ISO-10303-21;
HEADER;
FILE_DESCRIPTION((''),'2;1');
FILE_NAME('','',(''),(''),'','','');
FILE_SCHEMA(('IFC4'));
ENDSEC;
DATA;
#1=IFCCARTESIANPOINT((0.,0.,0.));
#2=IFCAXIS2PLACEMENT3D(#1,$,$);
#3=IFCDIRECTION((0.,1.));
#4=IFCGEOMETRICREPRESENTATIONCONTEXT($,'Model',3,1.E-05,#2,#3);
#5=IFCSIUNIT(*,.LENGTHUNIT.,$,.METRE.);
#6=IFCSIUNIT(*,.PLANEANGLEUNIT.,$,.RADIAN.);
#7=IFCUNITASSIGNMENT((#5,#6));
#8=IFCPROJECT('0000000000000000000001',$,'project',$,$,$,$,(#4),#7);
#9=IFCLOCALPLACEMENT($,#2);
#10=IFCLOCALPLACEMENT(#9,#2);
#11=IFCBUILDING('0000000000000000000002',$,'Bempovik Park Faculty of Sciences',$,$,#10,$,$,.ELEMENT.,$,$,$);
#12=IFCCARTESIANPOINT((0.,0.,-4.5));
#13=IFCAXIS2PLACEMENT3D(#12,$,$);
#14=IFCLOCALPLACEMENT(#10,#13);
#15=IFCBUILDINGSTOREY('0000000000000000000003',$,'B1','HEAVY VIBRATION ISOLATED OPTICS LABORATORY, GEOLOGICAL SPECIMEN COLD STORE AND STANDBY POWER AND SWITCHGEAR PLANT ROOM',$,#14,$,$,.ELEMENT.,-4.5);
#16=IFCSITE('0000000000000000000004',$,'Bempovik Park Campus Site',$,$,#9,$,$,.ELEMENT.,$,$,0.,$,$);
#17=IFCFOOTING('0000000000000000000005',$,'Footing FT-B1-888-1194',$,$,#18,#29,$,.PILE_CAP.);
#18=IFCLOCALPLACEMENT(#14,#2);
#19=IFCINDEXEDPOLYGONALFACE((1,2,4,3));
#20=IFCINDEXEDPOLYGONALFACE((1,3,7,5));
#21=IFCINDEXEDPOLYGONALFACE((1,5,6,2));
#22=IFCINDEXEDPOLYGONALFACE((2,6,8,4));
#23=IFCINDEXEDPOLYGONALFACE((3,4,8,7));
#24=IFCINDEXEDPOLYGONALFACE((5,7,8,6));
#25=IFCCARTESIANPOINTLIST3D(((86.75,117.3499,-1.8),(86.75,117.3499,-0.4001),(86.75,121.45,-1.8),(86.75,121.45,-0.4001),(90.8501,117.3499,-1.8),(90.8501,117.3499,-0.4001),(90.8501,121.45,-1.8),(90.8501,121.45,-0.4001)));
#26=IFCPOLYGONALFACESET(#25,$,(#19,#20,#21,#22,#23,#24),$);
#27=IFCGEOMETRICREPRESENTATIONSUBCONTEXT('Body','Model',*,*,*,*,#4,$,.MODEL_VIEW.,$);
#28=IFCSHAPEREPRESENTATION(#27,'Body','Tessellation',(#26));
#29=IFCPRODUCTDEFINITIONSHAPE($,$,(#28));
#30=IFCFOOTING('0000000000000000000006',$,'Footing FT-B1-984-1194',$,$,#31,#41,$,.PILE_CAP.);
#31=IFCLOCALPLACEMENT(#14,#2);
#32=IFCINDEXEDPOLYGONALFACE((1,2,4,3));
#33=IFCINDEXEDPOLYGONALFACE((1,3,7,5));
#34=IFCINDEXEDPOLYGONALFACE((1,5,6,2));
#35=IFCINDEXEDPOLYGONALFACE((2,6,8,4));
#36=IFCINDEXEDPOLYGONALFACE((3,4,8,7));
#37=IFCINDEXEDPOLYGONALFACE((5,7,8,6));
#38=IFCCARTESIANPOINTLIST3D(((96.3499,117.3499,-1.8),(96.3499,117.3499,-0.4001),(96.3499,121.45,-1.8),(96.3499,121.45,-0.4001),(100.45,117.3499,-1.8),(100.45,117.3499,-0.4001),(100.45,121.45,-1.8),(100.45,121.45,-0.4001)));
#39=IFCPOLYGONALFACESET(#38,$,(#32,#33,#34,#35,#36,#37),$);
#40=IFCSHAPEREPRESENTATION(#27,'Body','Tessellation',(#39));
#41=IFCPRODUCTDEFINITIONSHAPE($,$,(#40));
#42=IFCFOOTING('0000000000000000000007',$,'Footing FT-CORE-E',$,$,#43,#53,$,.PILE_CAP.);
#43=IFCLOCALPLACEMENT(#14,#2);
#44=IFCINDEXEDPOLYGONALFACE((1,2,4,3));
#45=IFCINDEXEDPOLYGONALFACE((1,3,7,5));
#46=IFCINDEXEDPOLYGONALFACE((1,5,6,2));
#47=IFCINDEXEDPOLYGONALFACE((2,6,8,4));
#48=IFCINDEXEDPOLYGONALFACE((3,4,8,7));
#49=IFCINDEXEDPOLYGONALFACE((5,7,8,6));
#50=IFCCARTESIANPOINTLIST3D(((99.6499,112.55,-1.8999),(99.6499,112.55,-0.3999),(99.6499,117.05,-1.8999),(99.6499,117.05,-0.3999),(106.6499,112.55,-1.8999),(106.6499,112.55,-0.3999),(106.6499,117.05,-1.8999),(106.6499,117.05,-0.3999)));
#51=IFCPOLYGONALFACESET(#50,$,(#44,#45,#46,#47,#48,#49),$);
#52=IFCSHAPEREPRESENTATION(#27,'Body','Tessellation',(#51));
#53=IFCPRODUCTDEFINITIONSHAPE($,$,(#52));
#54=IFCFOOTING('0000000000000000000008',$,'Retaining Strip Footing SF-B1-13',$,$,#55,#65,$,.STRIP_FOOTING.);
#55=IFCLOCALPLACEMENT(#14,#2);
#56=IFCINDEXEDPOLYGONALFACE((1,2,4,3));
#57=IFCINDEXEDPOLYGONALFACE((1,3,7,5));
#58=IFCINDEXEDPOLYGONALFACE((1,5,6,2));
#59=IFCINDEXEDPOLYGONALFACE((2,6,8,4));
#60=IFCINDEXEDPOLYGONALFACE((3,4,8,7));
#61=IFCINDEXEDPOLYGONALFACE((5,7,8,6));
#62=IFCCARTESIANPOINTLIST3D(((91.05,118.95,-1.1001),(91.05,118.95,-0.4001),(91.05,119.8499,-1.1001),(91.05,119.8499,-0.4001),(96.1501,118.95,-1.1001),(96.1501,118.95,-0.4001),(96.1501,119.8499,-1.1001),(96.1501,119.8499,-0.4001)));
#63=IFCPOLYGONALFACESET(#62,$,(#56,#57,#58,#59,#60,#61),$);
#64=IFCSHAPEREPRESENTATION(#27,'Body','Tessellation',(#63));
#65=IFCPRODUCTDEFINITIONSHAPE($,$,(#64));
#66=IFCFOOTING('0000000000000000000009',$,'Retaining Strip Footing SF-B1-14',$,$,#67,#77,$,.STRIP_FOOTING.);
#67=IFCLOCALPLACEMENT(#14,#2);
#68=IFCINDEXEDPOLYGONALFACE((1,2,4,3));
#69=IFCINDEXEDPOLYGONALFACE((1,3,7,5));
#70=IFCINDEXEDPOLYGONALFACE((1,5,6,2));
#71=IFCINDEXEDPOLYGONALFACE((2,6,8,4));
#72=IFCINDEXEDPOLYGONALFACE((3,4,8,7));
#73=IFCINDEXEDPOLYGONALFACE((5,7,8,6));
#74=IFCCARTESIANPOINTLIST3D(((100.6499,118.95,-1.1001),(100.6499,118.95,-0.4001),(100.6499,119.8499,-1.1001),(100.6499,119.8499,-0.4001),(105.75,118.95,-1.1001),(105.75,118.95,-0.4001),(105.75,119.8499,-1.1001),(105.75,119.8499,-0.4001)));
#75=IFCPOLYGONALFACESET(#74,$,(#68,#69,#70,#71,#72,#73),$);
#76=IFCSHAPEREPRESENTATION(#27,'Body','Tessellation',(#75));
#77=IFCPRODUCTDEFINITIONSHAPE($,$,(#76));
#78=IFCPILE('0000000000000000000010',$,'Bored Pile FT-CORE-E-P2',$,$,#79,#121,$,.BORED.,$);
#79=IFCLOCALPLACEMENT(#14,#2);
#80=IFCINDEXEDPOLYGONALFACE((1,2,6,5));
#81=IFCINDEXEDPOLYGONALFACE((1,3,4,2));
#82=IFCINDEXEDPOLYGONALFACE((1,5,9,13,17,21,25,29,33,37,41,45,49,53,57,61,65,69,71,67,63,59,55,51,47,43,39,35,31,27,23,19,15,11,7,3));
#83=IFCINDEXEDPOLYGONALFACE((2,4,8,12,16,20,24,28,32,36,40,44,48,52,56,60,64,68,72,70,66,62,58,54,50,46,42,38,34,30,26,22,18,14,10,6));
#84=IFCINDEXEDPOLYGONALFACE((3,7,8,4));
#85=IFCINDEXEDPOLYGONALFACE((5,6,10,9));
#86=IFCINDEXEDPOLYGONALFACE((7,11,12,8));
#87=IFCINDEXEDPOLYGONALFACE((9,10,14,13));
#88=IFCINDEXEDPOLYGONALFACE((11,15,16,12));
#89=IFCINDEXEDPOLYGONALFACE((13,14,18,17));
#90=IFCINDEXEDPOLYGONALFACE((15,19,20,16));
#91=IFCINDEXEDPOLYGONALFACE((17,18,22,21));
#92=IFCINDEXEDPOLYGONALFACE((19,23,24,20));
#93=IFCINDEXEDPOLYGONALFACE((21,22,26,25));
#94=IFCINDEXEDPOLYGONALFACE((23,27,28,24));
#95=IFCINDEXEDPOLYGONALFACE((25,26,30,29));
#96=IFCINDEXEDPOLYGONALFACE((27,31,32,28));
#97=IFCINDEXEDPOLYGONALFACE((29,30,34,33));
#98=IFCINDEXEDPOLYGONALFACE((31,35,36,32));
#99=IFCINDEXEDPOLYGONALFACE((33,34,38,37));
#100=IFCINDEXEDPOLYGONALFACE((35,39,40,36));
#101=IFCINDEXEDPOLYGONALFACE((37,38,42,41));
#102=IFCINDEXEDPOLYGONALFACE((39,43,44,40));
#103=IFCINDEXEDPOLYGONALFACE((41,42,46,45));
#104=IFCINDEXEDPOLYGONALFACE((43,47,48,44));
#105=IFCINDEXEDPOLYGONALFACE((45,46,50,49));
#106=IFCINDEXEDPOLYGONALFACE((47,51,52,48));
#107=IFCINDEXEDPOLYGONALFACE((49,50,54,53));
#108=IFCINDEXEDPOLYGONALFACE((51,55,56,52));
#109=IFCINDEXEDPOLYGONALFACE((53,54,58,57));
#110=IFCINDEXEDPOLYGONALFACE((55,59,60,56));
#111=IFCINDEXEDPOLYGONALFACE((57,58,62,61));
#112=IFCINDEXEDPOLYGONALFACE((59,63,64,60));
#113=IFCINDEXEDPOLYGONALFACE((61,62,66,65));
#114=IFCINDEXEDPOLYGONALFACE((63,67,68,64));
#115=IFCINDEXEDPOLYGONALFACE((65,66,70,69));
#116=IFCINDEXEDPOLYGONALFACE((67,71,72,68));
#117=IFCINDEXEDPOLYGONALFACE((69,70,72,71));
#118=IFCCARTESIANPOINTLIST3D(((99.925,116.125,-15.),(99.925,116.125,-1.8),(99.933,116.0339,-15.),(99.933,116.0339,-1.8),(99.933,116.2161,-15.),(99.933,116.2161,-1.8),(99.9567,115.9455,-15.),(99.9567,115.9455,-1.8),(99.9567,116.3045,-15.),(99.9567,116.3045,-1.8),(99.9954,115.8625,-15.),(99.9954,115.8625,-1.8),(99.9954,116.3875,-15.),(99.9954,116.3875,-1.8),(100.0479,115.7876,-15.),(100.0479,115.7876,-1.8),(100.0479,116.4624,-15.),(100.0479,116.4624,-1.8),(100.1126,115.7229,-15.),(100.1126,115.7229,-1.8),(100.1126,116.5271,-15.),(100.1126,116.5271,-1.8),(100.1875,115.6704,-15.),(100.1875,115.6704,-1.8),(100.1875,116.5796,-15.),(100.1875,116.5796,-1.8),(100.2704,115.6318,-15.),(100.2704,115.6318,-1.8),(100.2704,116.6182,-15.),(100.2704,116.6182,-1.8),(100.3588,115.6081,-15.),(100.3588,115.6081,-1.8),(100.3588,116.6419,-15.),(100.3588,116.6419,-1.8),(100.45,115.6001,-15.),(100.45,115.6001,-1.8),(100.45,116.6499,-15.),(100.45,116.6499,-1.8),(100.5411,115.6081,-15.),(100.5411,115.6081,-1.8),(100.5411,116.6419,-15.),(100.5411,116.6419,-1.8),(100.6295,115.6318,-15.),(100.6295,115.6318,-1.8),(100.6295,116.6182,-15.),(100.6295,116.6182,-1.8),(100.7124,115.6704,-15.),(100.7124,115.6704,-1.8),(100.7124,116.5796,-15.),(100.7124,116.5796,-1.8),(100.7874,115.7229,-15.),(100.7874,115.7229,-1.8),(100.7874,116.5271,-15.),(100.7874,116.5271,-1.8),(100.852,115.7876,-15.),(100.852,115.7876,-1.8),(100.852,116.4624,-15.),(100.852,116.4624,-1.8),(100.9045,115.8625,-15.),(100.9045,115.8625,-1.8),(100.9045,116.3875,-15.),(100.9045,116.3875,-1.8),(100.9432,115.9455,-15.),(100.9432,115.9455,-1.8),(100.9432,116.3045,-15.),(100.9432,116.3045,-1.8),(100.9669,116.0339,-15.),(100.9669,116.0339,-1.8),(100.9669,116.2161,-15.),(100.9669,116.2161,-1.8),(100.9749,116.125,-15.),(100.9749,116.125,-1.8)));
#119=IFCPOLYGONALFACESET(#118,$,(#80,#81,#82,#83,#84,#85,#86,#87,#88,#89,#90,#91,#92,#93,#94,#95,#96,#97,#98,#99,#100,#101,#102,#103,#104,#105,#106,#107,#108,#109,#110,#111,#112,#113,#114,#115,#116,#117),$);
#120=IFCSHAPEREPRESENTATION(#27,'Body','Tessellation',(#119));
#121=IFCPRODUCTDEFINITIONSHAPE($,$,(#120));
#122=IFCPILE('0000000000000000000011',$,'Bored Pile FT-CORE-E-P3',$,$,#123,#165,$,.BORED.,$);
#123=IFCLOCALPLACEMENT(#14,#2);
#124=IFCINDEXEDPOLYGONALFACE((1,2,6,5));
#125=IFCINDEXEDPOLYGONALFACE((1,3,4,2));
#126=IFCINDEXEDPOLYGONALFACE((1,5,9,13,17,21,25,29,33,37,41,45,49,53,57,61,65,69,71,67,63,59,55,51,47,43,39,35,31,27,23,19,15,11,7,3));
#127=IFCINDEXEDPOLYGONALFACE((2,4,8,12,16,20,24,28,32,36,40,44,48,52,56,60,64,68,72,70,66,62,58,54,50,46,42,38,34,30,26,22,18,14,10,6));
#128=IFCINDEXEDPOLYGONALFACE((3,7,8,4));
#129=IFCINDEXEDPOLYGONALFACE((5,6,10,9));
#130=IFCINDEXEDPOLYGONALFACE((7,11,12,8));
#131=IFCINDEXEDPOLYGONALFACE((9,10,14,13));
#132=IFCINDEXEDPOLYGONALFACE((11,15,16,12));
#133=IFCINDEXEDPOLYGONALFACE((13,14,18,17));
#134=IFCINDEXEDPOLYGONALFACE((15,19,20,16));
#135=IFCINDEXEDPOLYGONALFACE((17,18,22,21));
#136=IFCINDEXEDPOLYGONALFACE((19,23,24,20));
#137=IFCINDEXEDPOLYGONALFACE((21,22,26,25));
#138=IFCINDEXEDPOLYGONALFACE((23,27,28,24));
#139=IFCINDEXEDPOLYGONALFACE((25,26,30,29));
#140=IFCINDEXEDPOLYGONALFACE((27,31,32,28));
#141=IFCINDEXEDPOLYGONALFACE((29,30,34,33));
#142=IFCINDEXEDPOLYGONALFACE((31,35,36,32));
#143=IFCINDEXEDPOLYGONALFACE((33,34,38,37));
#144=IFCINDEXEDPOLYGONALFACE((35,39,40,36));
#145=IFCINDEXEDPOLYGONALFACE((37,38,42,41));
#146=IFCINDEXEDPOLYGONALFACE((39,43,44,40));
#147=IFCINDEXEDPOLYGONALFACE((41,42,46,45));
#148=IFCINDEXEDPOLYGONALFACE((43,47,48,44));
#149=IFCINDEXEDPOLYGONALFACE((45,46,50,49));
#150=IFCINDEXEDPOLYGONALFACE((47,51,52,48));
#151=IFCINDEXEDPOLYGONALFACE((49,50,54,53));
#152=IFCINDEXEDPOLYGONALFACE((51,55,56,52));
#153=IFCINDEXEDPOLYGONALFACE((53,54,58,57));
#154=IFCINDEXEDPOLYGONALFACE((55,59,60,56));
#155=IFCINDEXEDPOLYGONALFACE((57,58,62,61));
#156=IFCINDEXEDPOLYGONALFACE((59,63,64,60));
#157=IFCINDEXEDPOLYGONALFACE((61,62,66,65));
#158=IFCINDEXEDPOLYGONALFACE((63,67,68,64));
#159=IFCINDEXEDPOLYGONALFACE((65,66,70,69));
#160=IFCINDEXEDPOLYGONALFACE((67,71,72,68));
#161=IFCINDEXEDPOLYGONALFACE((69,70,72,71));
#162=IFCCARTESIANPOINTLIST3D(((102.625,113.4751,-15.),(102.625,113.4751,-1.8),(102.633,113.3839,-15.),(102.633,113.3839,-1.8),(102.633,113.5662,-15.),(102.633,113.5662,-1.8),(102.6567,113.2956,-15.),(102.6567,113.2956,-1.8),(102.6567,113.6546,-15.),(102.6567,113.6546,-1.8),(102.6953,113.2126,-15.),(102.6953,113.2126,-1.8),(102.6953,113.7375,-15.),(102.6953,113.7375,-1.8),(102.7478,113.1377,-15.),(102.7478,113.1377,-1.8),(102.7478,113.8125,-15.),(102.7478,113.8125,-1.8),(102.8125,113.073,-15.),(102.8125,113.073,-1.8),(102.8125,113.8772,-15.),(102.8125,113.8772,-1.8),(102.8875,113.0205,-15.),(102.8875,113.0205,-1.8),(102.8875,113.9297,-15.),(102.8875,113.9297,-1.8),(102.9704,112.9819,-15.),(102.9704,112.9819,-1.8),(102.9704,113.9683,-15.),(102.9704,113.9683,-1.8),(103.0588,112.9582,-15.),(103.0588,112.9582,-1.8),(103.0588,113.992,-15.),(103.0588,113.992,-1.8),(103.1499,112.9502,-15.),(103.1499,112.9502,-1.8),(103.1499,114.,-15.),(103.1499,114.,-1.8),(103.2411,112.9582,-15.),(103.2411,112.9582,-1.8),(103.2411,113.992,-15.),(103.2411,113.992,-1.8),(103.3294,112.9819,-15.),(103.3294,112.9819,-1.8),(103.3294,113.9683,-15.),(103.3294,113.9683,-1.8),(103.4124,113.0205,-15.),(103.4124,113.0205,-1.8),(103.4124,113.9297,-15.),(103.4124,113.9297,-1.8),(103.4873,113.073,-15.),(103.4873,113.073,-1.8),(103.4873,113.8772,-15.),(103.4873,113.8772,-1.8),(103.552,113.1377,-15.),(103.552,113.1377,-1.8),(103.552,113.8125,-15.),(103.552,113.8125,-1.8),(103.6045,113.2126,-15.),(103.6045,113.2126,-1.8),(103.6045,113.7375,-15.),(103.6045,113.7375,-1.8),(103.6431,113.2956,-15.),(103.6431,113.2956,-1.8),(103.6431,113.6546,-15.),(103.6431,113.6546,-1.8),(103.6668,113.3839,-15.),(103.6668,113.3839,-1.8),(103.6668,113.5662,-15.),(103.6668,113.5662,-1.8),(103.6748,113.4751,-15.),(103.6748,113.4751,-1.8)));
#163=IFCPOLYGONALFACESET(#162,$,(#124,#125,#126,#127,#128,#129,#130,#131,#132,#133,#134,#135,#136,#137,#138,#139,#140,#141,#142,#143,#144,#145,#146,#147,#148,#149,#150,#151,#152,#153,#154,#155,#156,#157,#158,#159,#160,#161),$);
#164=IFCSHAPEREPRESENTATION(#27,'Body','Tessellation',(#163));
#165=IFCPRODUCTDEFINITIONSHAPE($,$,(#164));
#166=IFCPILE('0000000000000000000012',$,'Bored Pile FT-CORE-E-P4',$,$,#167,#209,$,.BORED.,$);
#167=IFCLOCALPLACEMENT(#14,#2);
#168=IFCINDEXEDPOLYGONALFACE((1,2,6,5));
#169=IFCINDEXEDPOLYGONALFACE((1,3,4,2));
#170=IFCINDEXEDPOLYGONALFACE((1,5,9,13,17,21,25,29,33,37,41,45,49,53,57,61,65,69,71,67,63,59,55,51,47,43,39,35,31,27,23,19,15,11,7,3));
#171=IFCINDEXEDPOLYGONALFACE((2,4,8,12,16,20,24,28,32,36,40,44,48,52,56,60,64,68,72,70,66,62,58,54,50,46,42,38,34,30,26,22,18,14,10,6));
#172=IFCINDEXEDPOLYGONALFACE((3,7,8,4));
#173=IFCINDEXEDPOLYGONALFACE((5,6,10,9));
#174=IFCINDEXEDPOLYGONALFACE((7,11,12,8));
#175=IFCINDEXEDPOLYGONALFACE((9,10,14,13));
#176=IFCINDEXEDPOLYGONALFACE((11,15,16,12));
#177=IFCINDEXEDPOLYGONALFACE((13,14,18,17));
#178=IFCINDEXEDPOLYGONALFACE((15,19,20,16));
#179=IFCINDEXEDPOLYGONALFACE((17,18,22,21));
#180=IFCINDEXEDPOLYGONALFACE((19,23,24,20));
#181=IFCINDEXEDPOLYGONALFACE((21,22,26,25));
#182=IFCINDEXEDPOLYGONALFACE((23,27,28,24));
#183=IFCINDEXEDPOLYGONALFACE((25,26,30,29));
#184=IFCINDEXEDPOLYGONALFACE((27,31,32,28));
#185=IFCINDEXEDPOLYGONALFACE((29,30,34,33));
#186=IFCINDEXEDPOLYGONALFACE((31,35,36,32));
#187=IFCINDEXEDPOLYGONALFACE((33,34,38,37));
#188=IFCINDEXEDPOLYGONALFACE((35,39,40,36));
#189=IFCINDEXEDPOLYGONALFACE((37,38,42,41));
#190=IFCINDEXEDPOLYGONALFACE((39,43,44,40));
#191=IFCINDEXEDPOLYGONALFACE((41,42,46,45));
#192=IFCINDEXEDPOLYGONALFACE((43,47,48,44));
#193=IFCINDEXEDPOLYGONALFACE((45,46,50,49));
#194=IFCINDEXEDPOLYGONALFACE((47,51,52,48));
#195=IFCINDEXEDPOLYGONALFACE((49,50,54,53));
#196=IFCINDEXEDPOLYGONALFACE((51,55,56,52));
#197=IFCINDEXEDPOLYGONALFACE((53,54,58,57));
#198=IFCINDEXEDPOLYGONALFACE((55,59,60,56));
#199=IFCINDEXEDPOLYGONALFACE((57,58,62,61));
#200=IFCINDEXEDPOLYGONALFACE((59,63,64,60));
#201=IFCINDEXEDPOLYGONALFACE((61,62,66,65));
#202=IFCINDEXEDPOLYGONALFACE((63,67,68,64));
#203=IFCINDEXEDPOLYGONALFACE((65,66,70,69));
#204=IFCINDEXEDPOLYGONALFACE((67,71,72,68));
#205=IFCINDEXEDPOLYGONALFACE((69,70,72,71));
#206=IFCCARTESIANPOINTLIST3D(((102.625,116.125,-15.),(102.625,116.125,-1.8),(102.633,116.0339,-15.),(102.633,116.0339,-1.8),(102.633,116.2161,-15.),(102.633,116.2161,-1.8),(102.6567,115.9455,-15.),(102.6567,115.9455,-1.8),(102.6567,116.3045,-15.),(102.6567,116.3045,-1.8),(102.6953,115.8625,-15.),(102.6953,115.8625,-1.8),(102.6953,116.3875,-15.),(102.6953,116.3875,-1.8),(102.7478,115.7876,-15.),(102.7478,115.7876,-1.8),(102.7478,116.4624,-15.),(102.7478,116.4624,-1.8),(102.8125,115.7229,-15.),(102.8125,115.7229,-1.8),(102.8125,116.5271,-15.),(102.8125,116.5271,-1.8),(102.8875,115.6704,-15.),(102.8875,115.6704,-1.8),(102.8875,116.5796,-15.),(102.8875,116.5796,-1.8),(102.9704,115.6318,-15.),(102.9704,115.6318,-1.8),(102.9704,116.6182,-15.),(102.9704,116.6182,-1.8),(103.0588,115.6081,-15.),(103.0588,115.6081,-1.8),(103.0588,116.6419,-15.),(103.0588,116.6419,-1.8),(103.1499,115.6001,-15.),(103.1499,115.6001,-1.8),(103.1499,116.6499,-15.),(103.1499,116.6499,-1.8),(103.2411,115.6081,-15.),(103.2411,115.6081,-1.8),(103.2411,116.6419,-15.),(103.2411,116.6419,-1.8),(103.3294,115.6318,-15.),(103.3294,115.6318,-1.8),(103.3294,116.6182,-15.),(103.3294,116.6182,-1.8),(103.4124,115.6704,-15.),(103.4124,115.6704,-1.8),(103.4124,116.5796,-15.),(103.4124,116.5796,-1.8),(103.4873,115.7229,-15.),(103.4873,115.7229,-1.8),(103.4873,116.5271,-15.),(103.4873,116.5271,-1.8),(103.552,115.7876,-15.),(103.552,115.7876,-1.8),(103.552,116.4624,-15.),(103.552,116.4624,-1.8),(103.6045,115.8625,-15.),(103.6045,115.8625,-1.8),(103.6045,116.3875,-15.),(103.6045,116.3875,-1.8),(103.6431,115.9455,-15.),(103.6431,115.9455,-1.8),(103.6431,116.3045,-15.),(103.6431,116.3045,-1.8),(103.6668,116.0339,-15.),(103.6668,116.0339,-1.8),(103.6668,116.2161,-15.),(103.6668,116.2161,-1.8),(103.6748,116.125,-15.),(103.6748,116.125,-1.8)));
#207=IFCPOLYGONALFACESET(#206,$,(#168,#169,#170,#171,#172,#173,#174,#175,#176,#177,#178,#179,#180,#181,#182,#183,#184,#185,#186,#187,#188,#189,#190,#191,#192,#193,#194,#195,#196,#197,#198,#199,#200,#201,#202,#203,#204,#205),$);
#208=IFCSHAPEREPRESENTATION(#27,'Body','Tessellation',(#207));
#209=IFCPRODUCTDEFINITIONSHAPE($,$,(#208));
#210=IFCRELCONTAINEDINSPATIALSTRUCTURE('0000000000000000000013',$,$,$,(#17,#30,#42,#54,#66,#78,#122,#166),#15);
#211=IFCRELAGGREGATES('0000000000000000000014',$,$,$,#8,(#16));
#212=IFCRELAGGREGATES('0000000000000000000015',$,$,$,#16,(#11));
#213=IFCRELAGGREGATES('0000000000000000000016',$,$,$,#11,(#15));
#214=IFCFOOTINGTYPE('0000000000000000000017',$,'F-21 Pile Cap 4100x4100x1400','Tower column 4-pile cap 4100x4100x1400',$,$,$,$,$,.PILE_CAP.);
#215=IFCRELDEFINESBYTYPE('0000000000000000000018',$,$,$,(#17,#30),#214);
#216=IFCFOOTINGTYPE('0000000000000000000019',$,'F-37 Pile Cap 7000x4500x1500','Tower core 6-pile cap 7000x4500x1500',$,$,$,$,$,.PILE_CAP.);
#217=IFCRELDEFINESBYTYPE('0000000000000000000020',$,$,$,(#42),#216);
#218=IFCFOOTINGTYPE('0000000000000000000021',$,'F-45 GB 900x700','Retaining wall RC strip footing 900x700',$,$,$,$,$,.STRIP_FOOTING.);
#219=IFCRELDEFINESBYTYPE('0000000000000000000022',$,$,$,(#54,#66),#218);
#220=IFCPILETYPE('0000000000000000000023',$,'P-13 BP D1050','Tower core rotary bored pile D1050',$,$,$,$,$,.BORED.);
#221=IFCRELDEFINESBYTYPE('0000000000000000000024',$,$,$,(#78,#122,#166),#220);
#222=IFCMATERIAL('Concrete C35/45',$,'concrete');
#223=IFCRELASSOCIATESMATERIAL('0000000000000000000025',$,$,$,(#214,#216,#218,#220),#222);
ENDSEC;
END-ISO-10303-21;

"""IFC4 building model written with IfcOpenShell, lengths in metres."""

from ifc_helpers import new_model, si_unit, direction, frame, origin, origin_2d, place, context, subcontext, project, spatial, rectangle, circle, extrude, material, material_profile, profile_set, type_object, element, save


model = new_model("IFC4")

# Units and contexts
model_context = context("Model", 3, precision=1e-05, world=origin(), true_north=direction((0.0, 1.0)))
body_context = subcontext(model_context, "Body", "Model", "MODEL_VIEW")
ifc_project = project(units=[si_unit("LENGTHUNIT", "METRE"), si_unit("PLANEANGLEUNIT", "RADIAN")], contexts=[model_context])

# Site, building, storey
site_placement = place(None, origin())
site = spatial("IfcSite", under=ifc_project, at=site_placement, Name="Bempovik Park Campus Site", CompositionType="ELEMENT", RefElevation=0.0)
building_placement = place(site_placement, origin())
building = spatial("IfcBuilding", under=site, at=building_placement, Name="Bempovik Park Faculty of Sciences", CompositionType="ELEMENT")
storey_placement = place(building_placement, frame((0.0, 0.0, -4.5)))
storey = spatial("IfcBuildingStorey", under=building, at=storey_placement, Name="B1", Description="HEAVY VIBRATION ISOLATED OPTICS LABORATORY, GEOLOGICAL SPECIMEN COLD STORE AND STANDBY POWER AND SWITCHGEAR PLANT ROOM", CompositionType="ELEMENT", Elevation=-4.5)

# Footings
ifc_material_1 = material(Name="Concrete C35/45", Category="concrete")
footing_type_1 = type_object("IfcFootingType", Name="F-21 Pile Cap 4100x4100x1400", Description="Tower column 4-pile cap 4100x4100x1400", PredefinedType="PILE_CAP", material=ifc_material_1)
for number, where, z_axis, x_axis, name in (
    (1, (88.8, 119.3999, -1.8), (0.0, 0.0, 1.0), (1.0, 0.0, 0.0), "Footing FT-B1-888-1194"),
    (2, (98.3999, 119.3999, -1.8), (0.0, 0.0, 1.0), (1.0, 0.0, 0.0), "Footing FT-B1-984-1194"),
):
    element("IfcFooting", number, at=place(storey_placement, frame(where, z_axis=z_axis, x_axis=x_axis)), inside=storey, type_object=footing_type_1, Name=name, PredefinedType="PILE_CAP", context=body_context, shape_type="SweptSolid", body=[
        extrude(rectangle(XDim=4.1001, YDim=4.1001, at=origin_2d()), origin(), (0.0, 0.0, 1.0), 1.3999),
    ])
footing_type_2 = type_object("IfcFootingType", Name="F-37 Pile Cap 7000x4500x1500", Description="Tower core 6-pile cap 7000x4500x1500", PredefinedType="PILE_CAP", material=ifc_material_1)
footing_placement = place(storey_placement, frame((103.1499, 114.8, -1.8999), z_axis=(0.0, 0.0, 1.0), x_axis=(1.0, 0.0, 0.0)))
element("IfcFooting", 3, at=footing_placement, inside=storey, type_object=footing_type_2, Name="Footing FT-CORE-E", PredefinedType="PILE_CAP", context=body_context, shape_type="SweptSolid", body=[
    extrude(rectangle(XDim=7.0, YDim=4.5, at=origin_2d()), origin(), (0.0, 0.0, 1.0), 1.5),
])
footing_type_3 = type_object("IfcFootingType", Name="F-45 GB 900x700", Description="Retaining wall RC strip footing 900x700", PredefinedType="STRIP_FOOTING", material=ifc_material_1)
for number, where, z_axis, x_axis, name in (
    (4, (93.6001, 119.3999, -1.1001), (0.0, 0.0, 1.0), (1.0, 0.0, 0.0), "Retaining Strip Footing SF-B1-13"),
    (5, (103.2, 119.3999, -1.1001), (0.0, 0.0, 1.0), (1.0, 0.0, 0.0), "Retaining Strip Footing SF-B1-14"),
):
    element("IfcFooting", number, at=place(storey_placement, frame(where, z_axis=z_axis, x_axis=x_axis)), inside=storey, type_object=footing_type_3, Name=name, PredefinedType="STRIP_FOOTING", context=body_context, shape_type="SweptSolid", body=[
        extrude(rectangle(XDim=5.1001, YDim=0.8999, at=origin_2d()), origin(), (0.0, 0.0, 1.0), 0.7),
    ])

# Piles
ifc_material_profile_1 = material_profile(ifc_material_1, circle(Radius=0.5249, at=origin_2d()), Name="BP D1050")
ifc_profile_set_1 = profile_set([ifc_material_profile_1], Name="Concrete C35/45")
pile_type_1 = type_object("IfcPileType", Name="P-13 BP D1050", Description="Tower core rotary bored pile D1050", PredefinedType="BORED", material=ifc_profile_set_1)
for number, where, z_axis, x_axis, name in (
    (6, (100.45, 116.125, -1.8), (0.0, 0.0, -1.0), (1.0, 0.0, 0.0), "Bored Pile FT-CORE-E-P2"),
    (7, (103.1499, 113.4751, -1.8), (0.0, 0.0, -1.0), (1.0, 0.0, 0.0), "Bored Pile FT-CORE-E-P3"),
    (8, (103.1499, 116.125, -1.8), (0.0, 0.0, -1.0), (1.0, 0.0, 0.0), "Bored Pile FT-CORE-E-P4"),
):
    element("IfcPile", number, at=place(storey_placement, frame(where, z_axis=z_axis, x_axis=x_axis)), inside=storey, type_object=pile_type_1, Name=name, PredefinedType="BORED", context=body_context, shape_type="SweptSolid", body=[
        extrude(circle(Radius=0.5249, at=origin_2d()), origin(), (0.0, 0.0, 1.0), 13.2),
    ])

save(model, "model.ifc")
